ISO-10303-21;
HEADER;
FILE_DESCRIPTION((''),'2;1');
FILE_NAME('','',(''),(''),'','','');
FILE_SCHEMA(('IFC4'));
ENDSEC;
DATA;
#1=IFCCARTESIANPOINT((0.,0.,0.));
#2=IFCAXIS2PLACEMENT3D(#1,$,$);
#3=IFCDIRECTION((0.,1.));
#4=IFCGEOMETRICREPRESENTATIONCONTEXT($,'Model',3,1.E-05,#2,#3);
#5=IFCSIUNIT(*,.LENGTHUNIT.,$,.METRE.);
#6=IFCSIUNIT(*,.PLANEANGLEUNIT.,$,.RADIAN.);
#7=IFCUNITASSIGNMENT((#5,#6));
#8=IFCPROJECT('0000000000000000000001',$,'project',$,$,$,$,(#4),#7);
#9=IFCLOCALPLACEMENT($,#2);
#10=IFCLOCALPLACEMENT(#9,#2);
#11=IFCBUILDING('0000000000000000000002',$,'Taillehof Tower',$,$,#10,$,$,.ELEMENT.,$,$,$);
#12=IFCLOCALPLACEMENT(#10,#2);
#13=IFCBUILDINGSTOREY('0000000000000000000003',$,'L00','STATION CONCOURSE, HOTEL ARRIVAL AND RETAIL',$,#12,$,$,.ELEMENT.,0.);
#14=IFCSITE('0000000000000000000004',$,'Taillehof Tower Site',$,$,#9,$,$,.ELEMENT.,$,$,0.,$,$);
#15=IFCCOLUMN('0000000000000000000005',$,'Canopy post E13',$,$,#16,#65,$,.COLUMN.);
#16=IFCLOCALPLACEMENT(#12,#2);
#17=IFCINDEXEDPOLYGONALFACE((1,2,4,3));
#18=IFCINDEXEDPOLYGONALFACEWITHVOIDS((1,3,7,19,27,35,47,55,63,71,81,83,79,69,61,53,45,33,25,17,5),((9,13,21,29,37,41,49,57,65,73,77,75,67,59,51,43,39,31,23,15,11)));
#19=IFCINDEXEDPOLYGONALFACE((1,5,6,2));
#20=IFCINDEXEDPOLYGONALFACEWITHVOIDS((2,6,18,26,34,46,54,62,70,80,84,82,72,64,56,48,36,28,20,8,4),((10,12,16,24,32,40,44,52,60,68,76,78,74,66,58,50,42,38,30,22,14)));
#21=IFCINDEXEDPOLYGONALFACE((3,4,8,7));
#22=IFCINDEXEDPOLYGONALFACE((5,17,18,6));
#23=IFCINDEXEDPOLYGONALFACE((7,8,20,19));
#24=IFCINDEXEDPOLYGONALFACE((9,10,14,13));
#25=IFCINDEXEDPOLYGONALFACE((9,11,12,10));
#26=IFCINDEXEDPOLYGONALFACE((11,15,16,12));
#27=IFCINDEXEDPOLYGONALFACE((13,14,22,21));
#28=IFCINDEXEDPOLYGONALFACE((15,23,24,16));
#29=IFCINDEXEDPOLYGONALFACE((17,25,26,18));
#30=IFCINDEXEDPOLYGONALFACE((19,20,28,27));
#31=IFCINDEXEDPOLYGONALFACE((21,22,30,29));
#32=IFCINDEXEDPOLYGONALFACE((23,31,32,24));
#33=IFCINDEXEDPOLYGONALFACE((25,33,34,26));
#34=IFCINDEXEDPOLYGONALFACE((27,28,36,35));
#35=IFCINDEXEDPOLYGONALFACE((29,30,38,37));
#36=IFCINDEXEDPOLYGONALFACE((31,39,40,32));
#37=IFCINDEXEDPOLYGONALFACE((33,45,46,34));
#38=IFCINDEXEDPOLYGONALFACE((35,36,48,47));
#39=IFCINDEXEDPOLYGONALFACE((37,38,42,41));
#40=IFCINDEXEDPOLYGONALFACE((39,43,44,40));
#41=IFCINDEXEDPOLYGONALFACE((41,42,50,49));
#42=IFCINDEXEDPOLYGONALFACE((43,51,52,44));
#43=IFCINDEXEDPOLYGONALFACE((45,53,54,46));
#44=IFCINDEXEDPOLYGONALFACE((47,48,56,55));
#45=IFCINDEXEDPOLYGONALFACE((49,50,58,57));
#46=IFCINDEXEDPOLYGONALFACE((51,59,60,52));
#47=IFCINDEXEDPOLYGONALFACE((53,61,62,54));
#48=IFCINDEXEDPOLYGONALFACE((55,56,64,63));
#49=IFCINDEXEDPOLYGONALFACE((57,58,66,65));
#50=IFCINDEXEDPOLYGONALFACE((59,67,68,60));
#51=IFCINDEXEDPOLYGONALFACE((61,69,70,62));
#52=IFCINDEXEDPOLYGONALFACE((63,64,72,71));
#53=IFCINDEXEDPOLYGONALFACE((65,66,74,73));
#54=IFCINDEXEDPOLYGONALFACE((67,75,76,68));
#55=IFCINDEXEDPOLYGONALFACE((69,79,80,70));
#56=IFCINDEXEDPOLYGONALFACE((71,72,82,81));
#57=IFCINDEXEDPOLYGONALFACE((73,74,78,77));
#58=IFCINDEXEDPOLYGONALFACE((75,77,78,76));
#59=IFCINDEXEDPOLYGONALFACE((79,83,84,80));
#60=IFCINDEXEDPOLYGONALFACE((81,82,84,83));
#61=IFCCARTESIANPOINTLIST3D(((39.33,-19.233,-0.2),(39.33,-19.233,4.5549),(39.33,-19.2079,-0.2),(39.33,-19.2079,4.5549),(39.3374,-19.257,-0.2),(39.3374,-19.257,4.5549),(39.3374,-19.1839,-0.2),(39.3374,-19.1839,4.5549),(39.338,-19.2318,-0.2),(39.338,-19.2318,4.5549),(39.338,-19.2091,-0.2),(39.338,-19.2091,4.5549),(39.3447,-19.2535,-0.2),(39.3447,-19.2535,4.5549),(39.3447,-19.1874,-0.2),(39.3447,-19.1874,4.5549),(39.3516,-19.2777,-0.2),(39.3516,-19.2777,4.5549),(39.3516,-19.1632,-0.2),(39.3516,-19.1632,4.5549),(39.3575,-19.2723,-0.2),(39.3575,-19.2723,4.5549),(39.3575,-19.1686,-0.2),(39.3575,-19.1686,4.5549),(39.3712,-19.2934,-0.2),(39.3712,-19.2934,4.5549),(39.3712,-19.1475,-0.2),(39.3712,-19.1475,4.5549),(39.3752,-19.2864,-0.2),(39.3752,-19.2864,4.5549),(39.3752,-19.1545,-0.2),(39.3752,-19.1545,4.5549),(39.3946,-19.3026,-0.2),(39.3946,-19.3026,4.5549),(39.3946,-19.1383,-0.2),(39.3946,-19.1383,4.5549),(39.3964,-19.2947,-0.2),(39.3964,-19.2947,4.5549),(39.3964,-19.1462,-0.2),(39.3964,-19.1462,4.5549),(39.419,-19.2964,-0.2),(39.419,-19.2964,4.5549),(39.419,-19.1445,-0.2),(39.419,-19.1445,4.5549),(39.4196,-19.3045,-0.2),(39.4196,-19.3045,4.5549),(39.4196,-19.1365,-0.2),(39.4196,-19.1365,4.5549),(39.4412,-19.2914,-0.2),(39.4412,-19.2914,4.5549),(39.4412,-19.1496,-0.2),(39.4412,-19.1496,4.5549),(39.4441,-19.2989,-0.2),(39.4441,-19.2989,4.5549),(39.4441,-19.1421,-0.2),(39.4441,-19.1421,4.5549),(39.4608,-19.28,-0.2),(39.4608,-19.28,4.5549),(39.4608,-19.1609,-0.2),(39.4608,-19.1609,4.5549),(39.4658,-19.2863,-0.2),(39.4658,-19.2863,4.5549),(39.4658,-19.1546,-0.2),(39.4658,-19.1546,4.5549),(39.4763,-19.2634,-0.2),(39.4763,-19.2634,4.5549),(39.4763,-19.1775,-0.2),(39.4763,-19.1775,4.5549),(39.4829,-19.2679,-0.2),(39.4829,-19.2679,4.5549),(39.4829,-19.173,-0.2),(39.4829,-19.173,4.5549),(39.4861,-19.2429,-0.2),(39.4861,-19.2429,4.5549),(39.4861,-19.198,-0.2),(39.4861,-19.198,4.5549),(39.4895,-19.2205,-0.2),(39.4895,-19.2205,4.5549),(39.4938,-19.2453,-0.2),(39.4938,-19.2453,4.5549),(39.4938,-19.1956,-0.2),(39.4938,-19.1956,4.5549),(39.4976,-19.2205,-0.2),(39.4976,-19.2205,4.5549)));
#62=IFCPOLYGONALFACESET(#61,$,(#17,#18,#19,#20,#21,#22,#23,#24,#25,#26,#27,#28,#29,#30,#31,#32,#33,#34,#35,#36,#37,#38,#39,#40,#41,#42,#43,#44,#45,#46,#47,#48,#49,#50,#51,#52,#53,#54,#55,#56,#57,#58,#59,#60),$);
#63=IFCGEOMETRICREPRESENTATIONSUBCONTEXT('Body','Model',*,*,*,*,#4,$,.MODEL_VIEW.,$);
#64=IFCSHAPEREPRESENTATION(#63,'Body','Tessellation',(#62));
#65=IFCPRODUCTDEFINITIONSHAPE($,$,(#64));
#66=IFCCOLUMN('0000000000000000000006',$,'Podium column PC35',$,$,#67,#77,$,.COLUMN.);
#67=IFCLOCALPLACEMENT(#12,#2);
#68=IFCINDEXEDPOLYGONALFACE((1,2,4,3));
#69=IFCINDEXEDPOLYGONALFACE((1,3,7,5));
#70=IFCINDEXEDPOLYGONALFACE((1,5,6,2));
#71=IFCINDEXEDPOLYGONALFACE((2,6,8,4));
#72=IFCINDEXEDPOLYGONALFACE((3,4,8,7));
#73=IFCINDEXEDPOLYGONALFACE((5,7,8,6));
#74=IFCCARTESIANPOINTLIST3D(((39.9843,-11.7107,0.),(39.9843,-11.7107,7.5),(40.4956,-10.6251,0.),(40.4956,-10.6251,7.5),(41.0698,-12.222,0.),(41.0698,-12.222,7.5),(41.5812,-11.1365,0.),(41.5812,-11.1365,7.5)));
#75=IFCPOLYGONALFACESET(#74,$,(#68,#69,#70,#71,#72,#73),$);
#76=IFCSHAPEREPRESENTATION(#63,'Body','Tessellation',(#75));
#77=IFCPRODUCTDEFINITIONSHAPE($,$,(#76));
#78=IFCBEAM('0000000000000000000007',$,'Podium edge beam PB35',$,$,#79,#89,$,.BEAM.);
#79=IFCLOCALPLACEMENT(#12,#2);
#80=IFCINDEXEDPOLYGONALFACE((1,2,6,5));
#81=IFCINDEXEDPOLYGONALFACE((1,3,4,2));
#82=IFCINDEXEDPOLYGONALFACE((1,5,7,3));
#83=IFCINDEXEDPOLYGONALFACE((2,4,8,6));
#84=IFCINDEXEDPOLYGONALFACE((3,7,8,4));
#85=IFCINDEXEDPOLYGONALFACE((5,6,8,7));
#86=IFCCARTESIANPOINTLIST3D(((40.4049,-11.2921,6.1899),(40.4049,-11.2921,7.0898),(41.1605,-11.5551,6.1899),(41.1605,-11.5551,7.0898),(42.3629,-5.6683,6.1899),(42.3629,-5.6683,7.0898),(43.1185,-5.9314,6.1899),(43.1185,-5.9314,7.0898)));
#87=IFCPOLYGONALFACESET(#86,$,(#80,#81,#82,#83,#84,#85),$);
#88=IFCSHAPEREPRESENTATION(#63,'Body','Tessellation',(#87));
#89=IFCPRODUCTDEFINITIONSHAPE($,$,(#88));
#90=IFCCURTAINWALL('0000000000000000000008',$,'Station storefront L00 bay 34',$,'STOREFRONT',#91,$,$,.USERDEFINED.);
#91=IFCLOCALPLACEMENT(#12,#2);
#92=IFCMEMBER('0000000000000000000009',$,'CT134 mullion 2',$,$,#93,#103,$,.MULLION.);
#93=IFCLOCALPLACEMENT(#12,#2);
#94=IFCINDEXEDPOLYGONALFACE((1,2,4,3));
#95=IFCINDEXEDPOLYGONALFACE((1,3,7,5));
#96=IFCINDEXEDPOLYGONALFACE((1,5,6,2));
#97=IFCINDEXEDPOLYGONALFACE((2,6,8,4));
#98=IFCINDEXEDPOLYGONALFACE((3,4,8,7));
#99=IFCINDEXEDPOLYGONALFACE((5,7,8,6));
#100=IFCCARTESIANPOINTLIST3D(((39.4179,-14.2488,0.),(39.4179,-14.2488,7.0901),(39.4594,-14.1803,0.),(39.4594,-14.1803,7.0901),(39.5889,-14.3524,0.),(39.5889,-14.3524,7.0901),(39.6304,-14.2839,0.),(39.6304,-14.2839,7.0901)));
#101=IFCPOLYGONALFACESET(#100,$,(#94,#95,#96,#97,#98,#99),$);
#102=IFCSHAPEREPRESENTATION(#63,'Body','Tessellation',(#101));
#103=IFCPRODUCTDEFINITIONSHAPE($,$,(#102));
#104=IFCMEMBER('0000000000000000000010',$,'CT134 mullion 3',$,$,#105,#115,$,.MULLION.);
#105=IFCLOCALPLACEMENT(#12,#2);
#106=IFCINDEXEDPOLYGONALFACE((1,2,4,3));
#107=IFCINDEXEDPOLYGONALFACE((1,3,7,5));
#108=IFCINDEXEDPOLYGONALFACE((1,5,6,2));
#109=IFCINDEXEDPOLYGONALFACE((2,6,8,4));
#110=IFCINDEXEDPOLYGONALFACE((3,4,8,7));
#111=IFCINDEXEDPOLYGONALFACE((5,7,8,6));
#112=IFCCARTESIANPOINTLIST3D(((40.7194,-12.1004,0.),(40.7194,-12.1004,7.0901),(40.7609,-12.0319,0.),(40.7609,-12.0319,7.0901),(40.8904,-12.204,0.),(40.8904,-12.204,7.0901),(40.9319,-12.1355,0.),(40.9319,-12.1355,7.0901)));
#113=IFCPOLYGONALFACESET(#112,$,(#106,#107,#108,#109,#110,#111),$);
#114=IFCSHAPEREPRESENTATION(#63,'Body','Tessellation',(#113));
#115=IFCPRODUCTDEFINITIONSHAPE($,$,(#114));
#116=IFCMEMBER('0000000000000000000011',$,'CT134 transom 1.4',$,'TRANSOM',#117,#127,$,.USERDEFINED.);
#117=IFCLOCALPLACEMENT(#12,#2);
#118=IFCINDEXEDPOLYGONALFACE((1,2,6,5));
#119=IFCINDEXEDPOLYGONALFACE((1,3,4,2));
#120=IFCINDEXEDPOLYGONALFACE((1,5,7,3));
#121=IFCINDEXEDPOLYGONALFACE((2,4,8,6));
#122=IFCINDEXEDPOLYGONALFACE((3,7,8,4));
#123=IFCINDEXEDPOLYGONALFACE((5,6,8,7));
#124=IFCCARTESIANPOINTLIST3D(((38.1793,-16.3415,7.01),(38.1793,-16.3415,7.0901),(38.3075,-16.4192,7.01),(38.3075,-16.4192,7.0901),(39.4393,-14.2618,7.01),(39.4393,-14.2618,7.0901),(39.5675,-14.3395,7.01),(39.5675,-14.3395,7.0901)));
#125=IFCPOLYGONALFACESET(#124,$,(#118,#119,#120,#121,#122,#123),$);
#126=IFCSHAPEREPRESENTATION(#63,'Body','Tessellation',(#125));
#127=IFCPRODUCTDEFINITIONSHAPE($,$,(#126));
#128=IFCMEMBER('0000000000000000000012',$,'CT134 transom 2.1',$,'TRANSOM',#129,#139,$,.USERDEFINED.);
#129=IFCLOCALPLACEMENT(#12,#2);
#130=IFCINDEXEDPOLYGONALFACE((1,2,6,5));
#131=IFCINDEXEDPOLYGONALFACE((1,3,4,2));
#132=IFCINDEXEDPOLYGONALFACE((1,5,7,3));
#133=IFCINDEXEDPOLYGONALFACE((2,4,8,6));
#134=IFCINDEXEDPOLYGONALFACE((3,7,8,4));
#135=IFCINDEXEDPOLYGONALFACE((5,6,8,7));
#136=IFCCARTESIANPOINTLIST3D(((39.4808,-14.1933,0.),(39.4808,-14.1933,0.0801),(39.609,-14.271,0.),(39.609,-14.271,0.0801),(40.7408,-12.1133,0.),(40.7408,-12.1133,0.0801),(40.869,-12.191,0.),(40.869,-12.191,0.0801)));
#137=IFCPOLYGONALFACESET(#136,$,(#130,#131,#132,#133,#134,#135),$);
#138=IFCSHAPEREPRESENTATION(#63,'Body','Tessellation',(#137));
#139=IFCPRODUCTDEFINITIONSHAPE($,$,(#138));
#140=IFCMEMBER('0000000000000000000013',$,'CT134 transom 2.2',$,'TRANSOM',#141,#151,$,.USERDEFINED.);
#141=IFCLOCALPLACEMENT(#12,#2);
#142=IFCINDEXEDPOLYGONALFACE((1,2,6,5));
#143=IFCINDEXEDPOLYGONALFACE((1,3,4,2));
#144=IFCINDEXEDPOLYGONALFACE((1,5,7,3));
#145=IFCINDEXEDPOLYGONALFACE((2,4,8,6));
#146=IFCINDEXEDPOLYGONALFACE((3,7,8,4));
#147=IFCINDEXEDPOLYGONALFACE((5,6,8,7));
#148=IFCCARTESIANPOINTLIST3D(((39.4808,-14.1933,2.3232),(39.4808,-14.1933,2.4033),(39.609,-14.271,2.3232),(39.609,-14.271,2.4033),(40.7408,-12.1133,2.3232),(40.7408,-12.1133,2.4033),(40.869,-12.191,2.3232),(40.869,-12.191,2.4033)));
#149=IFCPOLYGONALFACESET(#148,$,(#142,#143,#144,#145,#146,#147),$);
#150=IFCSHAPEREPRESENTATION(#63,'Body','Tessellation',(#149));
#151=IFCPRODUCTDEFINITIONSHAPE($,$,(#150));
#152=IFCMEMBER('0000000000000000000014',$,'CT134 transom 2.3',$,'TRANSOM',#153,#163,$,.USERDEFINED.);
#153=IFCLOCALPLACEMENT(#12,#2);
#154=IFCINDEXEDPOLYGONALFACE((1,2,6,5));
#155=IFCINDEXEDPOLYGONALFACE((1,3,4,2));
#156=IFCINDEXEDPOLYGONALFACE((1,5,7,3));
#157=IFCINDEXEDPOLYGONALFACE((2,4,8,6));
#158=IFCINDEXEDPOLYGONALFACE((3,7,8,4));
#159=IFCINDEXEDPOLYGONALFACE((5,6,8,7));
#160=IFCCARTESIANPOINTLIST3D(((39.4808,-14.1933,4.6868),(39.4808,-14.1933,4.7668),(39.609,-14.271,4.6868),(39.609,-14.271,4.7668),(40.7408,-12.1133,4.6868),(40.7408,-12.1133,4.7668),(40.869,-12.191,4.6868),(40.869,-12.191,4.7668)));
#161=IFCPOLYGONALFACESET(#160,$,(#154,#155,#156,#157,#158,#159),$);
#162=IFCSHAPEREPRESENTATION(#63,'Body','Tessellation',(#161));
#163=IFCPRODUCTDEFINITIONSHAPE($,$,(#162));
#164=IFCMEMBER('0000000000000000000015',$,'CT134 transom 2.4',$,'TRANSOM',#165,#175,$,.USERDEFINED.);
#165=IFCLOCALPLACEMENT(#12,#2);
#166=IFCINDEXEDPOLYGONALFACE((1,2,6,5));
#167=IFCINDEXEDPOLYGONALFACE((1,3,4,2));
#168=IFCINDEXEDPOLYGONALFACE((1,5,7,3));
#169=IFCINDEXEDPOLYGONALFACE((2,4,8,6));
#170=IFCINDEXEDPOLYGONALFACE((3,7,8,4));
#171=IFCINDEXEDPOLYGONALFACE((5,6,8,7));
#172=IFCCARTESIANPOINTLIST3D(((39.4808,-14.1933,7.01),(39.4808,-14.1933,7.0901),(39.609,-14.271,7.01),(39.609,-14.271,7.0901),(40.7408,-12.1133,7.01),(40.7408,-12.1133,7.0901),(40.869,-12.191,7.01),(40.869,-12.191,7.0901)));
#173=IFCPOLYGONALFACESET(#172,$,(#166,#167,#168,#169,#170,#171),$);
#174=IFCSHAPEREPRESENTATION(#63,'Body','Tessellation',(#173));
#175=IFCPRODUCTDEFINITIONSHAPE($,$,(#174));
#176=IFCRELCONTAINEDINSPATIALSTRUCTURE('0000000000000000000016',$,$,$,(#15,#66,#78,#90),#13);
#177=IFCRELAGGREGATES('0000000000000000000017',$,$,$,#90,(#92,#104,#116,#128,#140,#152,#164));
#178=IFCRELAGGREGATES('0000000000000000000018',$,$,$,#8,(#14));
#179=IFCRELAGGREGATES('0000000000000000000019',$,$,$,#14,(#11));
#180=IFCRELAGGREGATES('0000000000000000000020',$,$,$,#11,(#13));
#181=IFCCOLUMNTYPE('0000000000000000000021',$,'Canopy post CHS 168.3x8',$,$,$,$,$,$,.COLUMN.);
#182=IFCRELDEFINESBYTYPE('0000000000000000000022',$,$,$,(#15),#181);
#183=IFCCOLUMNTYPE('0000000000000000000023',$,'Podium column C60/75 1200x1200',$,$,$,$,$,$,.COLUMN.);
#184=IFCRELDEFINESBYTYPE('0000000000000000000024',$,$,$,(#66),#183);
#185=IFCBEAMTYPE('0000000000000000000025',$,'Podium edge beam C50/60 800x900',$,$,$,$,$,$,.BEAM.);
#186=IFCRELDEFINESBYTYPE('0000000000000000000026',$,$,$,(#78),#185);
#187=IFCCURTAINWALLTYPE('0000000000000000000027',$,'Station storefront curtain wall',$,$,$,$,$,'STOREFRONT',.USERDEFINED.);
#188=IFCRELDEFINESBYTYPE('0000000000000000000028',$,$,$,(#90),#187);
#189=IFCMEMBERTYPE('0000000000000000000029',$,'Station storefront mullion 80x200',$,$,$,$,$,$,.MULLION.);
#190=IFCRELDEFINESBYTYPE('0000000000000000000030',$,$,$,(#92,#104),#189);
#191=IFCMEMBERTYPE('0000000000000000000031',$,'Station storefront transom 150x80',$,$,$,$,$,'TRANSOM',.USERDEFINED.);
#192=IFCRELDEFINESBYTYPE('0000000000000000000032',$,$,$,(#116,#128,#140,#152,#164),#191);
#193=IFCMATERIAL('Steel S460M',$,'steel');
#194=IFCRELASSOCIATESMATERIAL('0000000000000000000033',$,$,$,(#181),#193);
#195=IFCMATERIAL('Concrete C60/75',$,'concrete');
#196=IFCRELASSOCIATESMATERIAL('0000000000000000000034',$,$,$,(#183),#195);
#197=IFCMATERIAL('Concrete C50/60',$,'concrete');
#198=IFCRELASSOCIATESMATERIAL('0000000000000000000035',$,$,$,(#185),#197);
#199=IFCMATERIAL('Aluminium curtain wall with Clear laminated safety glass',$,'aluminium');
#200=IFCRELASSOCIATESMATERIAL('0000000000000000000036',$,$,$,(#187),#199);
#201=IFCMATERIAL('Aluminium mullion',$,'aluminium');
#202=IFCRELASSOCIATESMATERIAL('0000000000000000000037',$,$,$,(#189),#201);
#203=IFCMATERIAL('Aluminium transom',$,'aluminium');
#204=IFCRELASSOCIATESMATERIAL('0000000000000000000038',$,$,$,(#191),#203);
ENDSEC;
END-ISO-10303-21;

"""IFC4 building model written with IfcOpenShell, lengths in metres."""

from ifc_helpers import new_model, si_unit, direction, frame, origin, origin_2d, place, context, subcontext, project, spatial, rectangle, hollow_circle, extrude, material, material_profile, profile_set, type_object, element, aggregate, save


model = new_model("IFC4")

# Units and contexts
model_context = context("Model", 3, precision=1e-05, world=origin(), true_north=direction((0.0, 1.0)))
body_context = subcontext(model_context, "Body", "Model", "MODEL_VIEW")
ifc_project = project(units=[si_unit("LENGTHUNIT", "METRE"), si_unit("PLANEANGLEUNIT", "RADIAN")], contexts=[model_context])

# Site, building, storey
site_placement = place(None, origin())
site = spatial("IfcSite", under=ifc_project, at=site_placement, Name="Taillehof Tower Site", CompositionType="ELEMENT", RefElevation=0.0)
building_placement = place(site_placement, origin())
building = spatial("IfcBuilding", under=site, at=building_placement, Name="Taillehof Tower", CompositionType="ELEMENT")
storey_placement = place(building_placement, origin())
storey = spatial("IfcBuildingStorey", under=building, at=storey_placement, Name="L00", Description="STATION CONCOURSE, HOTEL ARRIVAL AND RETAIL", CompositionType="ELEMENT", Elevation=0.0)

# Columns
ifc_material_1 = material(Name="Steel S460M", Category="steel")
ifc_material_profile_1 = material_profile(ifc_material_1, hollow_circle(Radius=0.0842, WallThickness=0.0081, at=origin_2d()), Name="CHS 168.3x8")
ifc_profile_set_1 = profile_set([ifc_material_profile_1], Name="Steel S460M")
column_type_1 = type_object("IfcColumnType", Name="Canopy post CHS 168.3x8", PredefinedType="COLUMN", material=ifc_profile_set_1)
column_1_placement = place(storey_placement, frame((39.4133, -19.2205, -0.2), z_axis=(0.0, 0.0, 1.0), x_axis=(1.0, 0.0, 0.0)))
element("IfcColumn", 1, at=column_1_placement, inside=storey, type_object=column_type_1, Name="Canopy post E13", PredefinedType="COLUMN", context=body_context, shape_type="SweptSolid", body=[
    extrude(hollow_circle(Radius=0.0842, WallThickness=0.0081, at=origin_2d()), origin(), (0.0, 0.0, 1.0), 4.7549),
])
ifc_material_2 = material(Name="Concrete C60/75", Category="concrete")
ifc_material_profile_2 = material_profile(ifc_material_2, rectangle(XDim=1.2, YDim=1.2, at=origin_2d()), Name="RC 1200x1200")
ifc_profile_set_2 = profile_set([ifc_material_profile_2], Name="Concrete C60/75")
column_type_2 = type_object("IfcColumnType", Name="Podium column C60/75 1200x1200", PredefinedType="COLUMN", material=ifc_profile_set_2)
column_2_placement = place(storey_placement, frame((40.7827, -11.4236, 0.0), z_axis=(0.0, 0.0, 1.0), x_axis=(0.904668, -0.426117, 0.0)))
element("IfcColumn", 2, at=column_2_placement, inside=storey, type_object=column_type_2, Name="Podium column PC35", PredefinedType="COLUMN", context=body_context, shape_type="SweptSolid", body=[
    extrude(rectangle(XDim=1.2, YDim=1.2, at=origin_2d()), origin(), (0.0, 0.0, 1.0), 7.5),
])

# Beam
ifc_material_3 = material(Name="Concrete C50/60", Category="concrete")
ifc_material_profile_3 = material_profile(ifc_material_3, rectangle(XDim=0.8, YDim=0.8999, at=origin_2d()), Name="RC 800x900")
ifc_profile_set_3 = profile_set([ifc_material_profile_3], Name="Concrete C50/60")
beam_type = type_object("IfcBeamType", Name="Podium edge beam C50/60 800x900", PredefinedType="BEAM", material=ifc_profile_set_3)
beam_placement = place(storey_placement, frame((40.7827, -11.4236, 6.6399), z_axis=(0.328807, 0.944397, 0.0), x_axis=(-0.944397, 0.328807, 0.0)))
element("IfcBeam", 3, at=beam_placement, inside=storey, type_object=beam_type, Name="Podium edge beam PB35", PredefinedType="BEAM", context=body_context, shape_type="SweptSolid", body=[
    extrude(rectangle(XDim=0.8, YDim=0.8999, at=origin_2d()), origin(), (0.0, 0.0, 1.0), 5.9548),
])

# Curtain wall, members
ifc_material_4 = material(Name="Aluminium curtain wall with Clear laminated safety glass", Category="aluminium")
curtain_wall_type = type_object("IfcCurtainWallType", Name="Station storefront curtain wall", ElementType="STOREFRONT", PredefinedType="USERDEFINED", material=ifc_material_4)
curtain_wall_placement = place(storey_placement, origin())
curtain_wall = element("IfcCurtainWall", 4, at=curtain_wall_placement, inside=storey, type_object=curtain_wall_type, Name="Station storefront L00 bay 34", ObjectType="STOREFRONT", PredefinedType="USERDEFINED")
ifc_material_5 = material(Name="Aluminium mullion", Category="aluminium")
ifc_material_profile_4 = material_profile(ifc_material_5, rectangle(XDim=0.2, YDim=0.0801, at=origin_2d()), Name="AL 80x200")
ifc_profile_set_4 = profile_set([ifc_material_profile_4], Name="Aluminium mullion")
member_type_1 = type_object("IfcMemberType", Name="Station storefront mullion 80x200", PredefinedType="MULLION", material=ifc_profile_set_4)
member_1_placement = place(storey_placement, frame((39.5242, -14.2664, 0.0), z_axis=(0.0, 0.0, 1.0), x_axis=(-0.855289, 0.518151, 0.0)))
member_1 = element("IfcMember", 5, at=member_1_placement, type_object=member_type_1, Name="CT134 mullion 2", PredefinedType="MULLION", context=body_context, shape_type="SweptSolid", body=[
    extrude(rectangle(XDim=0.2, YDim=0.0801, at=origin_2d()), origin(), (0.0, 0.0, 1.0), 7.0901),
])
member_2_placement = place(storey_placement, frame((40.8257, -12.1179, 0.0), z_axis=(0.0, 0.0, 1.0), x_axis=(-0.855289, 0.518151, 0.0)))
member_2 = element("IfcMember", 6, at=member_2_placement, type_object=member_type_1, Name="CT134 mullion 3", PredefinedType="MULLION", context=body_context, shape_type="SweptSolid", body=[
    extrude(rectangle(XDim=0.2, YDim=0.0801, at=origin_2d()), origin(), (0.0, 0.0, 1.0), 7.0901),
])
ifc_material_6 = material(Name="Aluminium transom", Category="aluminium")
ifc_material_profile_5 = material_profile(ifc_material_6, rectangle(XDim=0.1499, YDim=0.0801, at=origin_2d()), Name="AL 150x80")
ifc_profile_set_5 = profile_set([ifc_material_profile_5], Name="Aluminium transom")
member_type_2 = type_object("IfcMemberType", Name="Station storefront transom 150x80", ElementType="TRANSOM", PredefinedType="USERDEFINED", material=ifc_profile_set_5)
member_3_placement = place(storey_placement, frame((38.2434, -16.3804, 7.05), z_axis=(0.518153, 0.855288, 0.0), x_axis=(-0.855288, 0.518153, 0.0)))
member_3 = element("IfcMember", 7, at=member_3_placement, type_object=member_type_2, Name="CT134 transom 1.4", ObjectType="TRANSOM", PredefinedType="USERDEFINED", context=body_context, shape_type="SweptSolid", body=[
    extrude(rectangle(XDim=0.1499, YDim=0.0801, at=origin_2d()), origin(), (0.0, 0.0, 1.0), 2.4316),
])
member_4_placement = place(storey_placement, frame((39.5449, -14.2322, 0.04), z_axis=(0.518108, 0.855315, 0.0), x_axis=(-0.855315, 0.518108, 0.0)))
member_4 = element("IfcMember", 8, at=member_4_placement, type_object=member_type_2, Name="CT134 transom 2.1", ObjectType="TRANSOM", PredefinedType="USERDEFINED", context=body_context, shape_type="SweptSolid", body=[
    extrude(rectangle(XDim=0.1499, YDim=0.0801, at=origin_2d()), origin(), (0.0, 0.0, 1.0), 2.4319),
])
member_5_placement = place(storey_placement, frame((39.5449, -14.2322, 2.3633), z_axis=(0.518108, 0.855315, 0.0), x_axis=(-0.855315, 0.518108, 0.0)))
member_5 = element("IfcMember", 9, at=member_5_placement, type_object=member_type_2, Name="CT134 transom 2.2", ObjectType="TRANSOM", PredefinedType="USERDEFINED", context=body_context, shape_type="SweptSolid", body=[
    extrude(rectangle(XDim=0.1499, YDim=0.0801, at=origin_2d()), origin(), (0.0, 0.0, 1.0), 2.4319),
])
member_6_placement = place(storey_placement, frame((39.5449, -14.2322, 4.7268), z_axis=(0.518108, 0.855315, 0.0), x_axis=(-0.855315, 0.518108, 0.0)))
member_6 = element("IfcMember", 10, at=member_6_placement, type_object=member_type_2, Name="CT134 transom 2.3", ObjectType="TRANSOM", PredefinedType="USERDEFINED", context=body_context, shape_type="SweptSolid", body=[
    extrude(rectangle(XDim=0.1499, YDim=0.0801, at=origin_2d()), origin(), (0.0, 0.0, 1.0), 2.4319),
])
member_7_placement = place(storey_placement, frame((39.5449, -14.2322, 7.05), z_axis=(0.518108, 0.855315, 0.0), x_axis=(-0.855315, 0.518108, 0.0)))
member_7 = element("IfcMember", 11, at=member_7_placement, type_object=member_type_2, Name="CT134 transom 2.4", ObjectType="TRANSOM", PredefinedType="USERDEFINED", context=body_context, shape_type="SweptSolid", body=[
    extrude(rectangle(XDim=0.1499, YDim=0.0801, at=origin_2d()), origin(), (0.0, 0.0, 1.0), 2.4319),
])
aggregate(curtain_wall, [member_1, member_2, member_3, member_4, member_5, member_6, member_7])

save(model, "model.ifc")
